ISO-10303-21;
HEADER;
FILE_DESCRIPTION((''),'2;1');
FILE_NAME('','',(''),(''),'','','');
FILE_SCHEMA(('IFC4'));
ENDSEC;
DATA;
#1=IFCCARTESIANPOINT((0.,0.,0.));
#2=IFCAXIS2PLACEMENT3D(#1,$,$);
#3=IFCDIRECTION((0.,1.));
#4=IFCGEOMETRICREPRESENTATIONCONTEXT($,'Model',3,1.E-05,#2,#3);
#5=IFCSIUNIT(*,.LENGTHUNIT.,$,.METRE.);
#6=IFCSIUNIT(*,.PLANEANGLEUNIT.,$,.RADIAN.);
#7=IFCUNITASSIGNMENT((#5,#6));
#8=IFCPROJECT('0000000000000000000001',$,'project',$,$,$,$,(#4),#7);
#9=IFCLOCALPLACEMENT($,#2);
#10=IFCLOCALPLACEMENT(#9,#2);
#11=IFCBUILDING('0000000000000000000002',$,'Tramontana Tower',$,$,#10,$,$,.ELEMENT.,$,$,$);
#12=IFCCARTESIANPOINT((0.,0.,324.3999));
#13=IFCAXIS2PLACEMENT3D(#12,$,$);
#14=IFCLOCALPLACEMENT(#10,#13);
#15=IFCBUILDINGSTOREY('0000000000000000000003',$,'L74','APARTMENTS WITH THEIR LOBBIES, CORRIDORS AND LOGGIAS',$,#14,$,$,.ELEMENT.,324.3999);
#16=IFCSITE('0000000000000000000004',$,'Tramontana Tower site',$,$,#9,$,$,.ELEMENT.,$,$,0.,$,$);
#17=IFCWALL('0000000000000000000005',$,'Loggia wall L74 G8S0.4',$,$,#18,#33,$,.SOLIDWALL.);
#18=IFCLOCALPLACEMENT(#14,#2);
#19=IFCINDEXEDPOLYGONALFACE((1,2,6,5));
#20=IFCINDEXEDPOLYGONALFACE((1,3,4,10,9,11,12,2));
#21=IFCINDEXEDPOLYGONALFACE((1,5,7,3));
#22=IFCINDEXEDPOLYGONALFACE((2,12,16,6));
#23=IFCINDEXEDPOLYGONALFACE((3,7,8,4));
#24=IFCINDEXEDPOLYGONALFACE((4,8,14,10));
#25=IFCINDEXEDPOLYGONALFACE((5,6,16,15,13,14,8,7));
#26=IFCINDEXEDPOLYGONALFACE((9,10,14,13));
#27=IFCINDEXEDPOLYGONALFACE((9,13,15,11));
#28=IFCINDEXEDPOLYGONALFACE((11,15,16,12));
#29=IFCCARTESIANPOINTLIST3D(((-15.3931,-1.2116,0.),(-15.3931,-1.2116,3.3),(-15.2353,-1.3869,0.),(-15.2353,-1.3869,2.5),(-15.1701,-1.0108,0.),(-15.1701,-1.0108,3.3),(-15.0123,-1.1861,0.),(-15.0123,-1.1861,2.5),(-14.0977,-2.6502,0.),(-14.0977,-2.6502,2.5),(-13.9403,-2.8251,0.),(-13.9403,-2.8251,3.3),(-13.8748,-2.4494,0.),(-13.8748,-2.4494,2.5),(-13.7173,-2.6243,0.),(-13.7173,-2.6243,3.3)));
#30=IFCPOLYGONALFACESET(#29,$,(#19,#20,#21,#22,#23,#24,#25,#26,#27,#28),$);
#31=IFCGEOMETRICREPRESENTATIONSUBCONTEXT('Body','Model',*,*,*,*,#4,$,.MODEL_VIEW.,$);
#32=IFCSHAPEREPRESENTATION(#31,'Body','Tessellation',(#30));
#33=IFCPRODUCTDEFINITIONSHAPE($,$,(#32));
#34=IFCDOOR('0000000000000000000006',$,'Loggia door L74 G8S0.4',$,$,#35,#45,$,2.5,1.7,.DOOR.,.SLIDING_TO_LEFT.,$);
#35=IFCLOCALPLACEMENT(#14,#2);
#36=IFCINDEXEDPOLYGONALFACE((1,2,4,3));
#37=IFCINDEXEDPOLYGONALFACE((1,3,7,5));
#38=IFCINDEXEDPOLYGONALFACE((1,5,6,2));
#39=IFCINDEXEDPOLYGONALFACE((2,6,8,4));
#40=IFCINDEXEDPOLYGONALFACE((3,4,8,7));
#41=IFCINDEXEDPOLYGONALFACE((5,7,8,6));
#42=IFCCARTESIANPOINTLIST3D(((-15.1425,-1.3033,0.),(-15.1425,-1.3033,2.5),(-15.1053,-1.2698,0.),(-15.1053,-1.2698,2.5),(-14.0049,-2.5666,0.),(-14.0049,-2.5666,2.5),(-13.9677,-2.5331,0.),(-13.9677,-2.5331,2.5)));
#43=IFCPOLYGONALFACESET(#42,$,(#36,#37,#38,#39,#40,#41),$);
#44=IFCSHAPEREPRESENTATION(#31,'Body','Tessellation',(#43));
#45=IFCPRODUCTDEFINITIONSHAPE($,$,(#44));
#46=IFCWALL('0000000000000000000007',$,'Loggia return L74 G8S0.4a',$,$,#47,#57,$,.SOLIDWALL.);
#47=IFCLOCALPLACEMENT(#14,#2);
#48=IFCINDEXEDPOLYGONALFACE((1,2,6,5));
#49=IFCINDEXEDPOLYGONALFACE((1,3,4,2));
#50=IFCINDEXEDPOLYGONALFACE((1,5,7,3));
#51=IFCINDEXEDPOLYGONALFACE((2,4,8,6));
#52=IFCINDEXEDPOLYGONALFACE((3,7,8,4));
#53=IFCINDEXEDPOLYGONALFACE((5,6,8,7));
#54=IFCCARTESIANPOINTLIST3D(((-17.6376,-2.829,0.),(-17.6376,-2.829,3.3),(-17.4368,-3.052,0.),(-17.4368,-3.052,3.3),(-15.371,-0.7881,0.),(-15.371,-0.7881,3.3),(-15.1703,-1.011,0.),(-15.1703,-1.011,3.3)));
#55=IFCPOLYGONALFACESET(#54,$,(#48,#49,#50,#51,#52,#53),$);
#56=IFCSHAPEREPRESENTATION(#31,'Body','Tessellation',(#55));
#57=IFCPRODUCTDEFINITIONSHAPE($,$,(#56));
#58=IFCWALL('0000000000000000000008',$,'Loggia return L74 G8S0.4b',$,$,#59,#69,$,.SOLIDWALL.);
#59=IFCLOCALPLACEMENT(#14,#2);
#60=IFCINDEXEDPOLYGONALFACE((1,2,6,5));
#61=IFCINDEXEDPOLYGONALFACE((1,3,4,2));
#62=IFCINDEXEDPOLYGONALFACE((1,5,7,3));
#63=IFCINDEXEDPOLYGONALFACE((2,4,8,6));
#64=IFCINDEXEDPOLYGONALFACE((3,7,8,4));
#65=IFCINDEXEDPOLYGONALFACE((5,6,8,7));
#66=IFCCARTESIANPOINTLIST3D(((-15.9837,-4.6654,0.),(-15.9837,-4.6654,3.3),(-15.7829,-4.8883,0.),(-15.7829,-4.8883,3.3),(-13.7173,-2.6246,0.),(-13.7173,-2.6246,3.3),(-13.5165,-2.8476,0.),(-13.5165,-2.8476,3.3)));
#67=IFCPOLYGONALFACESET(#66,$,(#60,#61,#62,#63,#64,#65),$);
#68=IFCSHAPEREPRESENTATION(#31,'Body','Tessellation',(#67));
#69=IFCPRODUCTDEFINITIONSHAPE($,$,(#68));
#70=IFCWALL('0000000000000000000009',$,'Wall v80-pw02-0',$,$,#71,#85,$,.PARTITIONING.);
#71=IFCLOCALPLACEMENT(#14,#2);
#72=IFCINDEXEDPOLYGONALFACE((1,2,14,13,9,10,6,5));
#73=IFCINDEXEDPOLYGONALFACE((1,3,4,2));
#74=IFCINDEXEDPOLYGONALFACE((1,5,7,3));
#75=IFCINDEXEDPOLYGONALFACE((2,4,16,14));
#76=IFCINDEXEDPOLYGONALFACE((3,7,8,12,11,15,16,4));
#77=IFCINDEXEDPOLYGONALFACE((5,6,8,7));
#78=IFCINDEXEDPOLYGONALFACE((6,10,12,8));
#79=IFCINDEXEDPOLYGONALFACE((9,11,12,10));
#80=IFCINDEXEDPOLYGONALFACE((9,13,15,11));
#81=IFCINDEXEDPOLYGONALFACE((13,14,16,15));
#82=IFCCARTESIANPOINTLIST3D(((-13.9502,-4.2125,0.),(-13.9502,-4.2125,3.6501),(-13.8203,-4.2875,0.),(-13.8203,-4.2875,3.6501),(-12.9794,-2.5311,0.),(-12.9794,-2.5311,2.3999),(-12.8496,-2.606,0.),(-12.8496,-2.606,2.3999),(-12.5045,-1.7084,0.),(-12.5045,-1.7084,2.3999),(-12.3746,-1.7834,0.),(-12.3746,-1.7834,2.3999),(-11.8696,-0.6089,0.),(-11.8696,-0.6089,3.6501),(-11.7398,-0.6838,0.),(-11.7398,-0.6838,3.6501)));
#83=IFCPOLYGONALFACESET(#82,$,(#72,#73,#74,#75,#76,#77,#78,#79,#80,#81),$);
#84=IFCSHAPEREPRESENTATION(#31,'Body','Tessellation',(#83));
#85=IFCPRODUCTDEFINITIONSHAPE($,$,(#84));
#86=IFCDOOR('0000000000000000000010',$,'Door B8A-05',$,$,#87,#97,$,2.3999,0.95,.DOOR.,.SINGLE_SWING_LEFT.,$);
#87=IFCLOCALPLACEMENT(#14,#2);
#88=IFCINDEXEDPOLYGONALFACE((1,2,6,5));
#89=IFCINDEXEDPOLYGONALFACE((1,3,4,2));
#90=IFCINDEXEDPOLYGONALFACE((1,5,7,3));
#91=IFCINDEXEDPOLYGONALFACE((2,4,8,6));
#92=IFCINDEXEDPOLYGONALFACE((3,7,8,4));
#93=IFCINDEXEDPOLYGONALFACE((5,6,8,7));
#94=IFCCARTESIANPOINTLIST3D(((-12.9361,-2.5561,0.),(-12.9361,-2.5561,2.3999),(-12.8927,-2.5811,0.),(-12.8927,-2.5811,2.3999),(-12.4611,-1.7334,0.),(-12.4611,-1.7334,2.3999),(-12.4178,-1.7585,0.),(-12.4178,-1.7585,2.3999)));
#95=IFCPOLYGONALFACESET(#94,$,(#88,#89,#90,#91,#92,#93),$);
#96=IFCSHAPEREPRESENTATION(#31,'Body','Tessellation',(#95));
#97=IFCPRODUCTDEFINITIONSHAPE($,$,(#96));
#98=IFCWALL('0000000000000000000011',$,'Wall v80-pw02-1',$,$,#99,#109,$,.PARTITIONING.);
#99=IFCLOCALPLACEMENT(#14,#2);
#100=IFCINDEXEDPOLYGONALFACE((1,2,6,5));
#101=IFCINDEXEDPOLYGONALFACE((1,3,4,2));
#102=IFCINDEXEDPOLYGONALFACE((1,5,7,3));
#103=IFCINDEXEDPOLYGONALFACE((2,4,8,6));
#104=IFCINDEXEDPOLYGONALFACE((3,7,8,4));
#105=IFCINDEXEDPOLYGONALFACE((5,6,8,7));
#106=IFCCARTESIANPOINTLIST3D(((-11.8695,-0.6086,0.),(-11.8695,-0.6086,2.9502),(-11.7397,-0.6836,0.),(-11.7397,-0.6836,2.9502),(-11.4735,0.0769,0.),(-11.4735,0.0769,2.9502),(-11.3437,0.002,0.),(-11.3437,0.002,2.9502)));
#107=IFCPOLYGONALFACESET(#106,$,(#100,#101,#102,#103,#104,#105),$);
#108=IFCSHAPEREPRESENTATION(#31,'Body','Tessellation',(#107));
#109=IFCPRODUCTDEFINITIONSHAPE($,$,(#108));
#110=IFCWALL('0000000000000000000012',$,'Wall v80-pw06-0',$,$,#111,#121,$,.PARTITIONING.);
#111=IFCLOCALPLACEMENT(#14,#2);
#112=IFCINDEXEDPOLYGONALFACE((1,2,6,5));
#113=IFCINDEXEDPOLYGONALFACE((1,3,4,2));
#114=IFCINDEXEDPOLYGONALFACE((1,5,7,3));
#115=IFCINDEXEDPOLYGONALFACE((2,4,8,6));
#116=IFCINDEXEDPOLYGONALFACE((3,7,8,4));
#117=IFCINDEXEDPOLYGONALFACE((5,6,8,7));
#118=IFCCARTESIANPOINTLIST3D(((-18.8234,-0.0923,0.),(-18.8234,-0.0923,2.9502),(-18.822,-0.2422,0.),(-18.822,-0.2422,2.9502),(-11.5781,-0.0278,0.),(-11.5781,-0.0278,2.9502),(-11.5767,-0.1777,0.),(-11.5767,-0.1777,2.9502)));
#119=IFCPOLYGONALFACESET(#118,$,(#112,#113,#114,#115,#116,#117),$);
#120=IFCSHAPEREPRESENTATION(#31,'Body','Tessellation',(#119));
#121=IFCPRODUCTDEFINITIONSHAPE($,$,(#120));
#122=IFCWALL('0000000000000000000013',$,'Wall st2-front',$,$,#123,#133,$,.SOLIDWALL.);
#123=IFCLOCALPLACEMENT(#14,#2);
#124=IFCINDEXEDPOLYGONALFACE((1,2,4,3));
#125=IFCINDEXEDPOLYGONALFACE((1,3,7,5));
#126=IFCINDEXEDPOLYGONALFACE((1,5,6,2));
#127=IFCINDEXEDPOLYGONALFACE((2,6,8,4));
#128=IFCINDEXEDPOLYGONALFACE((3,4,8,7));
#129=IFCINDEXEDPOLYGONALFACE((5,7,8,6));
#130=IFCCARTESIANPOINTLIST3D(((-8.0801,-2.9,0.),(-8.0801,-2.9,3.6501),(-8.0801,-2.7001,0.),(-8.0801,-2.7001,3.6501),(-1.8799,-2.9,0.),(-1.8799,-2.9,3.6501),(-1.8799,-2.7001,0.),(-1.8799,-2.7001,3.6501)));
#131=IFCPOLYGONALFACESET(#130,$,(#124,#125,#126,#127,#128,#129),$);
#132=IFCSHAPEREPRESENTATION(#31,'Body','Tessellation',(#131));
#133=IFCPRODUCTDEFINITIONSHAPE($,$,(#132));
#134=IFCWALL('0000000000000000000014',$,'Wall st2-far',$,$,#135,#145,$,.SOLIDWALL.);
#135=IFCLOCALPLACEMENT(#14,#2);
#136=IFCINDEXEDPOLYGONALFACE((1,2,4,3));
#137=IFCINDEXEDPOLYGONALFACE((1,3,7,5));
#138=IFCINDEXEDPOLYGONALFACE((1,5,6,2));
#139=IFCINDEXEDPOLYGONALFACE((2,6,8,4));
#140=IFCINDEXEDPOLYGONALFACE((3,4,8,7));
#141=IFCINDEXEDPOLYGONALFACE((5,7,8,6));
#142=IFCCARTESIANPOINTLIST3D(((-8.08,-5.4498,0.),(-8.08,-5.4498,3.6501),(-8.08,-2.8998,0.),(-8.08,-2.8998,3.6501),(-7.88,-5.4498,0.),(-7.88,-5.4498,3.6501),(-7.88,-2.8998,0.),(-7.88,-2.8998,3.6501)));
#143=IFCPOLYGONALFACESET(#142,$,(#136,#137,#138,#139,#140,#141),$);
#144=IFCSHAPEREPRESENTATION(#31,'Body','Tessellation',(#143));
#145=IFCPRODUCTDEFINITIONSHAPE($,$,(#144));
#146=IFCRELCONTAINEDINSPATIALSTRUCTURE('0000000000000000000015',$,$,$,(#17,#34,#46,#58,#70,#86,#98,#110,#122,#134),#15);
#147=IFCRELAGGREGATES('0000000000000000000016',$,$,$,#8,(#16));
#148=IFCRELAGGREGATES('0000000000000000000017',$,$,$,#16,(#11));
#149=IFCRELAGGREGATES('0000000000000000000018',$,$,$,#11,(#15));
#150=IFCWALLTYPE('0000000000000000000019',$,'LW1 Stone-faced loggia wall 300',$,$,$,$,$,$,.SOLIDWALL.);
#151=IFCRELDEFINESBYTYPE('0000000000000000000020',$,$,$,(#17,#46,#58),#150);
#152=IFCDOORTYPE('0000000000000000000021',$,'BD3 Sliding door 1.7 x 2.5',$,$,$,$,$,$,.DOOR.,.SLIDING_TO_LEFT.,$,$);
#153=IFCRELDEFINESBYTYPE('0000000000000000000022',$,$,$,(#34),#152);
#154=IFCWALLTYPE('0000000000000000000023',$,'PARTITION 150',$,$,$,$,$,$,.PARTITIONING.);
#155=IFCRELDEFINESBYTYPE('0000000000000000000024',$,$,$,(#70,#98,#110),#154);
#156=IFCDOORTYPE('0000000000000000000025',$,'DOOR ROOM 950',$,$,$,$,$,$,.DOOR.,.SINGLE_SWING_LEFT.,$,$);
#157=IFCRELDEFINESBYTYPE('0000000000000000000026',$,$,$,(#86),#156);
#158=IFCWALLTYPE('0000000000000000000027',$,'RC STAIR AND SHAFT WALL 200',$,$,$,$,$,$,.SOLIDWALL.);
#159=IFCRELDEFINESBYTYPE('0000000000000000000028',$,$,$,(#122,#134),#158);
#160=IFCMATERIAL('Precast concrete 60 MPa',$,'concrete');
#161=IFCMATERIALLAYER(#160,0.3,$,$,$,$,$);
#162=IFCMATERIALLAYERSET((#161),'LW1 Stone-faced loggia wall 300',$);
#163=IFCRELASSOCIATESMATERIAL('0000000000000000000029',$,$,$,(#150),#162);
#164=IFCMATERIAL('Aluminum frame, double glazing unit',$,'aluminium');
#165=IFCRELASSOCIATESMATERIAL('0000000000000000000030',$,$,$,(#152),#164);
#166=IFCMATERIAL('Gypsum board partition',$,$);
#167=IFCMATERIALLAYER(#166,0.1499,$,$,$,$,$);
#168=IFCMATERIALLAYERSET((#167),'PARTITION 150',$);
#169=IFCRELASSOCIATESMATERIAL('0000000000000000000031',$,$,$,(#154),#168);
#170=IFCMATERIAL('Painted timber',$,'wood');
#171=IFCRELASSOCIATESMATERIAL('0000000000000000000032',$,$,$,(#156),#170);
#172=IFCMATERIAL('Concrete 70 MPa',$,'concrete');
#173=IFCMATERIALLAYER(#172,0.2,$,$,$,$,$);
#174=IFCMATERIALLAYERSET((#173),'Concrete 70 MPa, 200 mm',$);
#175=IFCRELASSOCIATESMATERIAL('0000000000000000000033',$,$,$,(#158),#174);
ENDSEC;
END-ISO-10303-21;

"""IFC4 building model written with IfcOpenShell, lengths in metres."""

from ifc_helpers import new_model, si_unit, direction, frame, frame_2d, origin, place, context, subcontext, project, spatial, rectangle, extrude, material, layer, layer_set, type_object, element, fill, save


model = new_model("IFC4")

# Units and contexts
model_context = context("Model", 3, precision=1e-05, world=origin(), true_north=direction((0.0, 1.0)))
body_context = subcontext(model_context, "Body", "Model", "MODEL_VIEW")
ifc_project = project(units=[si_unit("LENGTHUNIT", "METRE"), si_unit("PLANEANGLEUNIT", "RADIAN")], contexts=[model_context])

# Site, building, storey
site_placement = place(None, origin())
site = spatial("IfcSite", under=ifc_project, at=site_placement, Name="Tramontana Tower site", CompositionType="ELEMENT", RefElevation=0.0)
building_placement = place(site_placement, origin())
building = spatial("IfcBuilding", under=site, at=building_placement, Name="Tramontana Tower", CompositionType="ELEMENT")
storey_placement = place(building_placement, frame((0.0, 0.0, 324.3999)))
storey = spatial("IfcBuildingStorey", under=building, at=storey_placement, Name="L74", Description="APARTMENTS WITH THEIR LOBBIES, CORRIDORS AND LOGGIAS", CompositionType="ELEMENT", Elevation=324.3999)

# Wall, opening, door
ifc_material_1 = material(Name="Precast concrete 60 MPa", Category="concrete")
ifc_layer_1 = layer(ifc_material_1, 0.3)
ifc_layer_set_1 = layer_set([ifc_layer_1], Name="LW1 Stone-faced loggia wall 300")
wall_type_1 = type_object("IfcWallType", Name="LW1 Stone-faced loggia wall 300", PredefinedType="SOLIDWALL", material=ifc_layer_set_1)
wall_1_placement = place(storey_placement, frame((-15.2815, -1.1113, 0.0), z_axis=(0.0, 0.0, 1.0), x_axis=(0.669145, -0.743132, 0.0)))
wall_1 = element("IfcWall", 1, at=wall_1_placement, inside=storey, type_object=wall_type_1, Name="Loggia wall L74 G8S0.4", PredefinedType="SOLIDWALL", context=body_context, shape_type="SweptSolid", body=[
    extrude(rectangle(XDim=2.1711, YDim=0.3, at=frame_2d((1.0854, 0.0))), origin(), (0.0, 0.0, 1.0), 3.3),
])
opening_1_placement = place(wall_1_placement, frame((0.2356, 0.0, 0.0)))
opening_1 = element("IfcOpeningElement", 2, at=opening_1_placement, cuts=wall_1, PredefinedType="OPENING", context=body_context, shape_type="SweptSolid", body=[
    extrude(rectangle(XDim=1.7, YDim=2.5, at=frame_2d((0.8501, 1.25))), frame((0.0, 0.1599, 0.0), z_axis=(0.0, -1.0, 0.0), x_axis=(1.0, 0.0, 0.0)), (0.0, 0.0, 1.0), 0.3201),
])
ifc_material_2 = material(Name="Aluminum frame, double glazing unit", Category="aluminium")
door_type_1 = type_object("IfcDoorType", Name="BD3 Sliding door 1.7 x 2.5", OperationType="SLIDING_TO_LEFT", PredefinedType="DOOR", material=ifc_material_2)
door_1_placement = place(opening_1_placement, origin())
door_1 = element("IfcDoor", 3, at=door_1_placement, inside=storey, type_object=door_type_1, Name="Loggia door L74 G8S0.4", OperationType="SLIDING_TO_LEFT", OverallHeight=2.5, OverallWidth=1.7, PredefinedType="DOOR", context=body_context, shape_type="SweptSolid", body=[
    extrude(rectangle(XDim=1.7, YDim=2.5, at=frame_2d((0.8501, 1.25))), frame((0.0, 0.0249, 0.0), z_axis=(0.0, -1.0, 0.0), x_axis=(1.0, 0.0, 0.0)), (0.0, 0.0, 1.0), 0.05),
])
fill(opening_1, door_1)

# Walls
wall_2_placement = place(storey_placement, frame((-17.5371, -2.9404, 0.0), z_axis=(0.0, 0.0, 1.0), x_axis=(0.743119, 0.669159, 0.0)))
element("IfcWall", 4, at=wall_2_placement, inside=storey, type_object=wall_type_1, Name="Loggia return L74 G8S0.4a", PredefinedType="SOLIDWALL", context=body_context, shape_type="SweptSolid", body=[
    extrude(rectangle(XDim=3.05, YDim=0.3, at=frame_2d((1.5249, 0.0))), origin(), (0.0, 0.0, 1.0), 3.3),
])
wall_3_placement = place(storey_placement, frame((-15.8833, -4.7769, 0.0), z_axis=(0.0, 0.0, 1.0), x_axis=(0.743123, 0.669155, 0.0)))
element("IfcWall", 5, at=wall_3_placement, inside=storey, type_object=wall_type_1, Name="Loggia return L74 G8S0.4b", PredefinedType="SOLIDWALL", context=body_context, shape_type="SweptSolid", body=[
    extrude(rectangle(XDim=3.0498, YDim=0.3, at=frame_2d((1.5249, 0.0))), origin(), (0.0, 0.0, 1.0), 3.3),
])

# Wall, opening, door
ifc_material_3 = material(Name="Gypsum board partition")
ifc_layer_2 = layer(ifc_material_3, 0.1499)
ifc_layer_set_2 = layer_set([ifc_layer_2], Name="PARTITION 150")
wall_type_2 = type_object("IfcWallType", Name="PARTITION 150", PredefinedType="PARTITIONING", material=ifc_layer_set_2)
wall_4_placement = place(storey_placement, frame((-13.8853, -4.25, 0.0), z_axis=(0.0, 0.0, 1.0), x_axis=(0.499988, 0.866032, 0.0)))
wall_4 = element("IfcWall", 6, at=wall_4_placement, inside=storey, type_object=wall_type_2, Name="Wall v80-pw02-0", PredefinedType="PARTITIONING", context=body_context, shape_type="SweptSolid", body=[
    extrude(rectangle(XDim=4.1611, YDim=0.1499, at=frame_2d((2.0806, 0.0))), origin(), (0.0, 0.0, 1.0), 3.6501),
])
opening_2_placement = place(wall_4_placement, frame((1.9414, 0.0, 0.0)))
opening_2 = element("IfcOpeningElement", 7, at=opening_2_placement, cuts=wall_4, PredefinedType="OPENING", context=body_context, shape_type="SweptSolid", body=[
    extrude(rectangle(XDim=0.95, YDim=2.3999, at=frame_2d((0.4751, 1.2))), frame((0.0, 0.085, 0.0), z_axis=(0.0, -1.0, 0.0), x_axis=(1.0, 0.0, 0.0)), (0.0, 0.0, 1.0), 0.1699),
])
ifc_material_4 = material(Name="Painted timber", Category="wood")
door_type_2 = type_object("IfcDoorType", Name="DOOR ROOM 950", OperationType="SINGLE_SWING_LEFT", PredefinedType="DOOR", material=ifc_material_4)
door_2_placement = place(opening_2_placement, origin())
door_2 = element("IfcDoor", 8, at=door_2_placement, inside=storey, type_object=door_type_2, Name="Door B8A-05", OperationType="SINGLE_SWING_LEFT", OverallHeight=2.3999, OverallWidth=0.95, PredefinedType="DOOR", context=body_context, shape_type="SweptSolid", body=[
    extrude(rectangle(XDim=0.95, YDim=2.3999, at=frame_2d((0.4751, 1.2))), frame((0.0, 0.0249, 0.0), z_axis=(0.0, -1.0, 0.0), x_axis=(1.0, 0.0, 0.0)), (0.0, 0.0, 1.0), 0.05),
])
fill(opening_2, door_2)

# Walls
wall_5_placement = place(storey_placement, frame((-11.8047, -0.6462, 0.0), z_axis=(0.0, 0.0, 1.0), x_axis=(0.500185, 0.865919, 0.0)))
element("IfcWall", 9, at=wall_5_placement, inside=storey, type_object=wall_type_2, Name="Wall v80-pw02-1", PredefinedType="PARTITIONING", context=body_context, shape_type="SweptSolid", body=[
    extrude(rectangle(XDim=0.7917, YDim=0.1499, at=frame_2d((0.396, 0.0))), origin(), (0.0, 0.0, 1.0), 2.9502),
])
wall_6_placement = place(storey_placement, frame((-11.5774, -0.1028, 0.0), z_axis=(0.0, 0.0, 1.0), x_axis=(-0.99996, -0.008895, 0.0)))
element("IfcWall", 10, at=wall_6_placement, inside=storey, type_object=wall_type_2, Name="Wall v80-pw06-0", PredefinedType="PARTITIONING", context=body_context, shape_type="SweptSolid", body=[
    extrude(rectangle(XDim=7.2456, YDim=0.1499, at=frame_2d((3.6228, 0.0))), origin(), (0.0, 0.0, 1.0), 2.9502),
])
ifc_material_5 = material(Name="Concrete 70 MPa", Category="concrete")
ifc_layer_3 = layer(ifc_material_5, 0.2)
ifc_layer_set_3 = layer_set([ifc_layer_3], Name="Concrete 70 MPa, 200 mm")
wall_type_3 = type_object("IfcWallType", Name="RC STAIR AND SHAFT WALL 200", PredefinedType="SOLIDWALL", material=ifc_layer_set_3)
wall_7_placement = place(storey_placement, frame((-8.0801, -2.8, 0.0), z_axis=(0.0, 0.0, 1.0), x_axis=(1.0, 0.0, 0.0)))
element("IfcWall", 11, at=wall_7_placement, inside=storey, type_object=wall_type_3, Name="Wall st2-front", PredefinedType="SOLIDWALL", context=body_context, shape_type="SweptSolid", body=[
    extrude(rectangle(XDim=6.2002, YDim=0.2, at=frame_2d((3.1001, 0.0))), origin(), (0.0, 0.0, 1.0), 3.6501),
])
wall_8_placement = place(storey_placement, frame((-7.98, -2.8999, 0.0), z_axis=(0.0, 0.0, 1.0), x_axis=(0.0, -1.0, 0.0)))
element("IfcWall", 12, at=wall_8_placement, inside=storey, type_object=wall_type_3, Name="Wall st2-far", PredefinedType="SOLIDWALL", context=body_context, shape_type="SweptSolid", body=[
    extrude(rectangle(XDim=2.55, YDim=0.2, at=frame_2d((1.2749, 0.0))), origin(), (0.0, 0.0, 1.0), 3.6501),
])

save(model, "model.ifc")
